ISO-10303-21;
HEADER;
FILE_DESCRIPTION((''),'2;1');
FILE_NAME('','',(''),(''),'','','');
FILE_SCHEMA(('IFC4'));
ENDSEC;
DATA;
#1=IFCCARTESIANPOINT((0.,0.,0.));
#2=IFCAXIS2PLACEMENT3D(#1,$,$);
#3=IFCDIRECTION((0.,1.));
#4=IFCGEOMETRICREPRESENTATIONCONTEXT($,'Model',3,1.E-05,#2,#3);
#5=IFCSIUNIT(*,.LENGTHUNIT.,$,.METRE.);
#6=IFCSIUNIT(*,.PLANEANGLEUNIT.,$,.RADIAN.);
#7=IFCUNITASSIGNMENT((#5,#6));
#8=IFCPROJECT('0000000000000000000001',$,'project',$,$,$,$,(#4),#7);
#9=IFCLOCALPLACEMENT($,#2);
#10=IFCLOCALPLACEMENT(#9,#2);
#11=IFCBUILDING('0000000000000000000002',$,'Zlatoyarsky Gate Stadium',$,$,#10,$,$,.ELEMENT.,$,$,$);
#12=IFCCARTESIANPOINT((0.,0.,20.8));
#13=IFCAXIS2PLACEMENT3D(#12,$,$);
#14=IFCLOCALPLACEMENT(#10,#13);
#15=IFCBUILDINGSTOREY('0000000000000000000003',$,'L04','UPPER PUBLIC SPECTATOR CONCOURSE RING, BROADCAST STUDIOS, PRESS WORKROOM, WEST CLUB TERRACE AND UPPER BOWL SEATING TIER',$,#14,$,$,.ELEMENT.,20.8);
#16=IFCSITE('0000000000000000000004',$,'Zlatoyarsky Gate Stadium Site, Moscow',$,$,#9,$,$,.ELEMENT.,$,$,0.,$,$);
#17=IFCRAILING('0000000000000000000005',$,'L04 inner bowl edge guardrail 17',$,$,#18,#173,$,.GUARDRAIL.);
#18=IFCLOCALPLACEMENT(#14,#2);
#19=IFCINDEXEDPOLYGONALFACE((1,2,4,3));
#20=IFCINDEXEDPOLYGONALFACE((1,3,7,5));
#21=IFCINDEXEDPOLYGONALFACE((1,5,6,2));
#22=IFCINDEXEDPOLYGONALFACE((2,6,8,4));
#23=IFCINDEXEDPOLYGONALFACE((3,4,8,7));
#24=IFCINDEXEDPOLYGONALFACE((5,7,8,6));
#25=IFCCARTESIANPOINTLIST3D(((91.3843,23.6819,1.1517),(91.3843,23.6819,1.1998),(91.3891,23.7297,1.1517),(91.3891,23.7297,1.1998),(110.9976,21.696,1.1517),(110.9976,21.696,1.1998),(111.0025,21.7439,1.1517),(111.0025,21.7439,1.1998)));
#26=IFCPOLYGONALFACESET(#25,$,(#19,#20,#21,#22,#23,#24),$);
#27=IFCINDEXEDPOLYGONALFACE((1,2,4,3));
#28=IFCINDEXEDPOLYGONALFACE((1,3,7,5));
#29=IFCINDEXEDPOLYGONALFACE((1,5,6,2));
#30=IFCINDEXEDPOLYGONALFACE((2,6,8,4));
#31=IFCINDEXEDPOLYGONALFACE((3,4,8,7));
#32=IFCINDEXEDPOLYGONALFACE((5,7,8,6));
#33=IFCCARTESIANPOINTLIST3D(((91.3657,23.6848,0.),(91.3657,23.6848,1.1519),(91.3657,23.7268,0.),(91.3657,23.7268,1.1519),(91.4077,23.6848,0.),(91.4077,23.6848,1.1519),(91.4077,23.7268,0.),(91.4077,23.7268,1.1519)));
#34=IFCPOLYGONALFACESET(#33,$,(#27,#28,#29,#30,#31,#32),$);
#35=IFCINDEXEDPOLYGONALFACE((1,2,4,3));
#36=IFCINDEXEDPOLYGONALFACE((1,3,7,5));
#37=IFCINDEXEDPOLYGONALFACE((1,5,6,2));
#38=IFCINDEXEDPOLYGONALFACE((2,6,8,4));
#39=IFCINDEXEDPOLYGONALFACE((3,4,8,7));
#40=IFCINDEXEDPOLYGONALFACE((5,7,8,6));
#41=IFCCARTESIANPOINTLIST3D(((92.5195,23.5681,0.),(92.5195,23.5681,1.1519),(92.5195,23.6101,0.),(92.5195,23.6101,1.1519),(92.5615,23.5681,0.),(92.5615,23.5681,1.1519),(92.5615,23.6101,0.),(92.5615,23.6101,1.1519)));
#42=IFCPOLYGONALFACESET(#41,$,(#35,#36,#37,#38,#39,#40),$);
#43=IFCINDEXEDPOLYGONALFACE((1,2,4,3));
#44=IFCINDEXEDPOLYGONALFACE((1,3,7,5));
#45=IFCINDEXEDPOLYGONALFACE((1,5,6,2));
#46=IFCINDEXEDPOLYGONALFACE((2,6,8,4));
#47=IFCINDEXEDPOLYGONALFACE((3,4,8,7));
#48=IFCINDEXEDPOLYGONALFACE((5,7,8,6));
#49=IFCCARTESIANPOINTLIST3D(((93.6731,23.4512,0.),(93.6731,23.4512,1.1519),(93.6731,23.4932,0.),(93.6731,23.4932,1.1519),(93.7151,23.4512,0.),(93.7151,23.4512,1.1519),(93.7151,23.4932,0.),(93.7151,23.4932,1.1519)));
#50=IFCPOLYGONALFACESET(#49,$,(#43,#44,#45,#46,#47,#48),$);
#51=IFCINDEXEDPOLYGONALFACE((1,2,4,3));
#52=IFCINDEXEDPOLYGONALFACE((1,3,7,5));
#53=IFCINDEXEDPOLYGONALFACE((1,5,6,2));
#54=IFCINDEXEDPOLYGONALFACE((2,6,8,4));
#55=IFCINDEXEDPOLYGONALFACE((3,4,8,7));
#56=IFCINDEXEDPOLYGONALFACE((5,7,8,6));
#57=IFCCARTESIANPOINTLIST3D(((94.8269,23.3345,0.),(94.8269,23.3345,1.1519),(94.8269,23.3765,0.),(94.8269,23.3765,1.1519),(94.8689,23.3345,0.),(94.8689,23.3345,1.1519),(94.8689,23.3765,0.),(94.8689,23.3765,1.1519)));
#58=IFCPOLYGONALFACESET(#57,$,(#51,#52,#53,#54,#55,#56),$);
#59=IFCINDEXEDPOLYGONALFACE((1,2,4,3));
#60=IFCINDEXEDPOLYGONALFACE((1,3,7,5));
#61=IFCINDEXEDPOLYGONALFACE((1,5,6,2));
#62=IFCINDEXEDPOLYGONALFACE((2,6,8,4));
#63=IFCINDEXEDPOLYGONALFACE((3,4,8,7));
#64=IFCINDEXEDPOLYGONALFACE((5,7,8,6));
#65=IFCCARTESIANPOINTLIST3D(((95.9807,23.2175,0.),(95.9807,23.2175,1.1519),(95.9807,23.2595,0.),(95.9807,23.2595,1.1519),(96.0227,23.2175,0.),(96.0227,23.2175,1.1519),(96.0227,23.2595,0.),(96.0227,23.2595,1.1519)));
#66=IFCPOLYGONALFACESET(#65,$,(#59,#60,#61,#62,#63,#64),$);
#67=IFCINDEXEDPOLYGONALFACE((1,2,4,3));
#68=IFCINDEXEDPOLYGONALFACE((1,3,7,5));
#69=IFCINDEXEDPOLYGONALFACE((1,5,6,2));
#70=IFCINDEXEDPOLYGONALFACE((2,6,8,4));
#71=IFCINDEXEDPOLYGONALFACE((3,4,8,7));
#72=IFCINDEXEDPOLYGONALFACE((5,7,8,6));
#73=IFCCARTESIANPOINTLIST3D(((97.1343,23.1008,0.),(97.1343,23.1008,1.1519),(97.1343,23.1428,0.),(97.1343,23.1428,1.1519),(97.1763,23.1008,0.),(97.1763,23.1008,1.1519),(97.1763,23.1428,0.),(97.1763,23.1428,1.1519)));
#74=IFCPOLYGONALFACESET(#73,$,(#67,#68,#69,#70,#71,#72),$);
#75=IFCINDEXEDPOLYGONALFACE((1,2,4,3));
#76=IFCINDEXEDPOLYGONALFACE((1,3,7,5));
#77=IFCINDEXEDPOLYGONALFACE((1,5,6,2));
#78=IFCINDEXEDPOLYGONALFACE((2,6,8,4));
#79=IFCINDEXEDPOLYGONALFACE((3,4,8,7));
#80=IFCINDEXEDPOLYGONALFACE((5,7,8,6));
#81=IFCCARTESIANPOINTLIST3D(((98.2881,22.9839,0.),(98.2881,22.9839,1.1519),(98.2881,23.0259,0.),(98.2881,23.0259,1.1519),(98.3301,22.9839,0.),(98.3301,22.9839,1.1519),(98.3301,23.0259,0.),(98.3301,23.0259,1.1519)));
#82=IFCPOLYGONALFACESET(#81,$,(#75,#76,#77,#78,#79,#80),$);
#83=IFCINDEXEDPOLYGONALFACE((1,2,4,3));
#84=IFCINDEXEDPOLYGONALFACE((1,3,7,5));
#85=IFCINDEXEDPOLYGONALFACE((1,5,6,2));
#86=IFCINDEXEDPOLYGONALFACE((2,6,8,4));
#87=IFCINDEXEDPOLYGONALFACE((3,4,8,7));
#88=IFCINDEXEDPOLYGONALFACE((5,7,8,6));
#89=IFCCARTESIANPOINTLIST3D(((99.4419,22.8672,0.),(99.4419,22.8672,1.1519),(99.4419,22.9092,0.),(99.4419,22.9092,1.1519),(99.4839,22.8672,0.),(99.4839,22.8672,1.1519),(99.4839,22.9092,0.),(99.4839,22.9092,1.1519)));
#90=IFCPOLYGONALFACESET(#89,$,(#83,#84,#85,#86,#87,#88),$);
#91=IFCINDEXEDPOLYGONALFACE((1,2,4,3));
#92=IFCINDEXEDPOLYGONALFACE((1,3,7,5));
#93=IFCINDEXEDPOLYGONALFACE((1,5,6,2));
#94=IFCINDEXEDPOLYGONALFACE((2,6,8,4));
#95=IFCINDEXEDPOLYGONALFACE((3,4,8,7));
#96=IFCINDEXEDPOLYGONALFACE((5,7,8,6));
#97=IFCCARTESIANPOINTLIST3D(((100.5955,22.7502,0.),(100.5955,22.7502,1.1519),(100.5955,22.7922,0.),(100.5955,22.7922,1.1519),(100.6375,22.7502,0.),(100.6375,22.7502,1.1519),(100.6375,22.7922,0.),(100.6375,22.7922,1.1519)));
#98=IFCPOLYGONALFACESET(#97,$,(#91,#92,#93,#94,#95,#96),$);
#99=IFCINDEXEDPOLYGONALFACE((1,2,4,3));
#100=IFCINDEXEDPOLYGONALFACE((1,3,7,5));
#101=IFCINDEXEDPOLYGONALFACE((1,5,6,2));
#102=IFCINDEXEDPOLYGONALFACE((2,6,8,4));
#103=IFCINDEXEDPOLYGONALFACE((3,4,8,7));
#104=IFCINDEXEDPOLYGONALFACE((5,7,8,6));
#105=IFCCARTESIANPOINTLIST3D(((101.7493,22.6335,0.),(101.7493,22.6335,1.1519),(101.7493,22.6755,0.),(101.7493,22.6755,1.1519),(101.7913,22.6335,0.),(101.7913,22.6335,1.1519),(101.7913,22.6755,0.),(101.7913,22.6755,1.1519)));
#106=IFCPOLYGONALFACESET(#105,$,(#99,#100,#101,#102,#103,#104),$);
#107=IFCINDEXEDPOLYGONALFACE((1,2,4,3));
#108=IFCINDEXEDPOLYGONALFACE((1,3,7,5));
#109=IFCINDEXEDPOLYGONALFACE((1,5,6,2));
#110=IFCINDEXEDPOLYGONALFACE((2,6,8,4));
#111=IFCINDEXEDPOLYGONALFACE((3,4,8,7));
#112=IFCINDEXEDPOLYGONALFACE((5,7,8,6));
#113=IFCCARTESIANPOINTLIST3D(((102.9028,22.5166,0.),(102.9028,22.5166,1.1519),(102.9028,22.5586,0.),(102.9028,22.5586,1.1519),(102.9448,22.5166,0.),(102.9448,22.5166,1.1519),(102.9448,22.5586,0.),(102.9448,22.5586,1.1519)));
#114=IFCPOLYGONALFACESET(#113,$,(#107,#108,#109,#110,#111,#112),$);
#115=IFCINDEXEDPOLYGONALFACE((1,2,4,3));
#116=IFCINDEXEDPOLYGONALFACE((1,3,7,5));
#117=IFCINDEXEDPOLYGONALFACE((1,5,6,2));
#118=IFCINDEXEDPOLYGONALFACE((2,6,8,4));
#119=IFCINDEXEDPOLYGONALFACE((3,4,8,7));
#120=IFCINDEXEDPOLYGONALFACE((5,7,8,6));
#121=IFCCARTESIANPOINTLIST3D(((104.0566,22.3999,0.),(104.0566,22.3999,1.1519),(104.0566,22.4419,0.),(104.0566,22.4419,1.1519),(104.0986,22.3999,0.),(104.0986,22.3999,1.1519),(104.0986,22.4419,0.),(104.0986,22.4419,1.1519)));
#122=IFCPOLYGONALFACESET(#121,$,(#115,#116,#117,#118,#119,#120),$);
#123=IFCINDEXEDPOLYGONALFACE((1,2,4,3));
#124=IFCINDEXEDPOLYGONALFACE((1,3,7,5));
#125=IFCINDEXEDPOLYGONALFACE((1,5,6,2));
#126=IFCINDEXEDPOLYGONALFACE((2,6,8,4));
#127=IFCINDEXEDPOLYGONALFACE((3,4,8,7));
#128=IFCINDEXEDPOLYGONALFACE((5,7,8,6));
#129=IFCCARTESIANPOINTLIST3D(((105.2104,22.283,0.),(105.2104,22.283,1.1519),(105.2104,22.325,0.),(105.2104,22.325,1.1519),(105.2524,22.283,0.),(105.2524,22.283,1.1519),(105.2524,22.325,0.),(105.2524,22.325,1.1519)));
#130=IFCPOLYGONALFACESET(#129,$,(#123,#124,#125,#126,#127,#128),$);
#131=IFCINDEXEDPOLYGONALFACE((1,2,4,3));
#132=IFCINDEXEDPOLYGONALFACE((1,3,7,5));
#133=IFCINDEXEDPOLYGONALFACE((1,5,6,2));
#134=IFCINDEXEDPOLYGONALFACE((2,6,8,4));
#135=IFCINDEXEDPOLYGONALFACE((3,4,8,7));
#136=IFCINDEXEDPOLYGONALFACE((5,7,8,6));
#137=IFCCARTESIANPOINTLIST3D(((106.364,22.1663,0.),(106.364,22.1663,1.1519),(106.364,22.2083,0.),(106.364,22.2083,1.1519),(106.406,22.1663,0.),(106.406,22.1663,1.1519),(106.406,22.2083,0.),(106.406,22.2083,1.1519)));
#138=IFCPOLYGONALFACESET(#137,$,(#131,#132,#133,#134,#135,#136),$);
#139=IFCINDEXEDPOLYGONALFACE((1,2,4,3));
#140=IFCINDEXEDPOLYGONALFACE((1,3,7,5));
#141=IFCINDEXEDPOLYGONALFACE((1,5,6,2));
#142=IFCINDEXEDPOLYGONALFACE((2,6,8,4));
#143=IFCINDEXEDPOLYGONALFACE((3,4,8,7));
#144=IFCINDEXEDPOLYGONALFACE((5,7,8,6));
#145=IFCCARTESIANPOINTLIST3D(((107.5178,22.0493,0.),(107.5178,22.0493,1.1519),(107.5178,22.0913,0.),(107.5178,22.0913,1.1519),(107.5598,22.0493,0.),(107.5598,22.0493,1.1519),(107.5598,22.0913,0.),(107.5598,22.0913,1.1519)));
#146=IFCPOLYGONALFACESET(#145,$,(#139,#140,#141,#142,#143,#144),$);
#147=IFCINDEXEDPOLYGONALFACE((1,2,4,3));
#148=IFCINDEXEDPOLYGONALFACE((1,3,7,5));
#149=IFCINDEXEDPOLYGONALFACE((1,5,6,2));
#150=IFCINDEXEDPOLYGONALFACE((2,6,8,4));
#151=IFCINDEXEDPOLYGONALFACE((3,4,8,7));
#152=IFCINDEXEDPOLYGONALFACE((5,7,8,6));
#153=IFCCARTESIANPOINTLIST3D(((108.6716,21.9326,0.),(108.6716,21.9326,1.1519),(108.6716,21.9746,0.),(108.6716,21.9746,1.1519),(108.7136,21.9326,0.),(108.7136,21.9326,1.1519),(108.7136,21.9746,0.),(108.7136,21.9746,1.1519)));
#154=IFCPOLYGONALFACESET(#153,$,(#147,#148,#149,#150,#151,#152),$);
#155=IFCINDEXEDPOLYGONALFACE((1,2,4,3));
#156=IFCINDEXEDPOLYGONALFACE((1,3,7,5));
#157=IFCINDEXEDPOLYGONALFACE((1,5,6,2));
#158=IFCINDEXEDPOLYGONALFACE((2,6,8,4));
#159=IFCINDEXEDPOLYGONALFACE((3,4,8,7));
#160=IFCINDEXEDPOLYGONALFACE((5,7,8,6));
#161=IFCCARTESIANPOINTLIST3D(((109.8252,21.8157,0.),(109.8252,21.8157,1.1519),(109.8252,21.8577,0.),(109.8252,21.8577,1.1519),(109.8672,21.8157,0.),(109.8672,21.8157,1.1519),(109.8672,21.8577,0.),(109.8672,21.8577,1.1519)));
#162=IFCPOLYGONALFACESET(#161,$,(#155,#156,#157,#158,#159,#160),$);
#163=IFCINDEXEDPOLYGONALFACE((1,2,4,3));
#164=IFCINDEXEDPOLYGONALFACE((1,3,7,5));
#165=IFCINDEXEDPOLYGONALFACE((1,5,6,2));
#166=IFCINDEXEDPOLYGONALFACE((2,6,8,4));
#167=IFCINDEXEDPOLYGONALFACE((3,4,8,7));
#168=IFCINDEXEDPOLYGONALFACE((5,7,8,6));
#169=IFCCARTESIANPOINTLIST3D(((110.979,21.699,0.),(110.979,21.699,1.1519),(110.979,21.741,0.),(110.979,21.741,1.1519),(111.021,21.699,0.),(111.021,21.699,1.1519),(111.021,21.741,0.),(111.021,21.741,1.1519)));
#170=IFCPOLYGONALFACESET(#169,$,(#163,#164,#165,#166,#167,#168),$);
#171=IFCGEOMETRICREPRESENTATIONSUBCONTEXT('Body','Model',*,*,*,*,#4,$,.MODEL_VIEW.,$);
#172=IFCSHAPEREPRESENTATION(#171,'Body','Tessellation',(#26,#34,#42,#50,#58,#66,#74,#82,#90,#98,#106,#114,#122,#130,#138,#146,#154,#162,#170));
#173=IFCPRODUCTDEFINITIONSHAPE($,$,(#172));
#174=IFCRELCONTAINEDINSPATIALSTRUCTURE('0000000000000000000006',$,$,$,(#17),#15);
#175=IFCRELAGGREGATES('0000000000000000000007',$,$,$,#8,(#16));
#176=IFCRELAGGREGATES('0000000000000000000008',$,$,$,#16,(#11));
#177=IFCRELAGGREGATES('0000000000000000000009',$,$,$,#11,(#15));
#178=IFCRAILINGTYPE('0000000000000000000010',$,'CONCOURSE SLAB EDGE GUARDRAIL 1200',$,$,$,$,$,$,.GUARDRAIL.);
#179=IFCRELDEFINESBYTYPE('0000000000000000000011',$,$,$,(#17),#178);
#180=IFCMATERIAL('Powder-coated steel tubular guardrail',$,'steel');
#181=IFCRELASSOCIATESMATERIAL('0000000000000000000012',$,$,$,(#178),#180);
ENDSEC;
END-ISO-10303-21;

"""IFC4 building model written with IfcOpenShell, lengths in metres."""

from ifc_helpers import new_model, si_unit, direction, frame, origin, origin_2d, place, context, subcontext, project, spatial, rectangle, extrude, material, type_object, element, save


model = new_model("IFC4")

# Units and contexts
model_context = context("Model", 3, precision=1e-05, world=origin(), true_north=direction((0.0, 1.0)))
body_context = subcontext(model_context, "Body", "Model", "MODEL_VIEW")
ifc_project = project(units=[si_unit("LENGTHUNIT", "METRE"), si_unit("PLANEANGLEUNIT", "RADIAN")], contexts=[model_context])

# Site, building, storey
site_placement = place(None, origin())
site = spatial("IfcSite", under=ifc_project, at=site_placement, Name="Zlatoyarsky Gate Stadium Site, Moscow", CompositionType="ELEMENT", RefElevation=0.0)
building_placement = place(site_placement, origin())
building = spatial("IfcBuilding", under=site, at=building_placement, Name="Zlatoyarsky Gate Stadium", CompositionType="ELEMENT")
storey_placement = place(building_placement, frame((0.0, 0.0, 20.8)))
storey = spatial("IfcBuildingStorey", under=building, at=storey_placement, Name="L04", Description="UPPER PUBLIC SPECTATOR CONCOURSE RING, BROADCAST STUDIOS, PRESS WORKROOM, WEST CLUB TERRACE AND UPPER BOWL SEATING TIER", CompositionType="ELEMENT", Elevation=20.8)

# Railing
ifc_material_1 = material(Name="Powder-coated steel tubular guardrail", Category="steel")
railing_type_1 = type_object("IfcRailingType", Name="CONCOURSE SLAB EDGE GUARDRAIL 1200", PredefinedType="GUARDRAIL", material=ifc_material_1)
railing_1_placement = place(storey_placement, frame((91.3867, 23.7058, 0.0)))
element("IfcRailing", 1, at=railing_1_placement, inside=storey, type_object=railing_type_1, Name="L04 inner bowl edge guardrail 17", PredefinedType="GUARDRAIL", context=body_context, shape_type="SweptSolid", body=[
    extrude(rectangle(XDim=0.0481, YDim=0.0481, at=origin_2d()), frame((0.0, 0.0, 1.1758), z_axis=(0.994913, -0.100735, 0.0), x_axis=(0.100735, 0.994913, 0.0)), (0.0, 0.0, 1.0), 19.7136),
    extrude(rectangle(XDim=0.042, YDim=0.042, at=origin_2d()), origin(), (0.0, 0.0, 1.0), 1.1519),
    extrude(rectangle(XDim=0.042, YDim=0.042, at=origin_2d()), frame((1.1538, -0.1167, 0.0)), (0.0, 0.0, 1.0), 1.1519),
    extrude(rectangle(XDim=0.042, YDim=0.042, at=origin_2d()), frame((2.3074, -0.2336, 0.0)), (0.0, 0.0, 1.0), 1.1519),
    extrude(rectangle(XDim=0.042, YDim=0.042, at=origin_2d()), frame((3.4612, -0.3503, 0.0)), (0.0, 0.0, 1.0), 1.1519),
    extrude(rectangle(XDim=0.042, YDim=0.042, at=origin_2d()), frame((4.615, -0.4673, 0.0)), (0.0, 0.0, 1.0), 1.1519),
    extrude(rectangle(XDim=0.042, YDim=0.042, at=origin_2d()), frame((5.7686, -0.584, 0.0)), (0.0, 0.0, 1.0), 1.1519),
    extrude(rectangle(XDim=0.042, YDim=0.042, at=origin_2d()), frame((6.9224, -0.7009, 0.0)), (0.0, 0.0, 1.0), 1.1519),
    extrude(rectangle(XDim=0.042, YDim=0.042, at=origin_2d()), frame((8.0762, -0.8176, 0.0)), (0.0, 0.0, 1.0), 1.1519),
    extrude(rectangle(XDim=0.042, YDim=0.042, at=origin_2d()), frame((9.2297, -0.9346, 0.0)), (0.0, 0.0, 1.0), 1.1519),
    extrude(rectangle(XDim=0.042, YDim=0.042, at=origin_2d()), frame((10.3835, -1.0513, 0.0)), (0.0, 0.0, 1.0), 1.1519),
    extrude(rectangle(XDim=0.042, YDim=0.042, at=origin_2d()), frame((11.5371, -1.1682, 0.0)), (0.0, 0.0, 1.0), 1.1519),
    extrude(rectangle(XDim=0.042, YDim=0.042, at=origin_2d()), frame((12.6909, -1.2849, 0.0)), (0.0, 0.0, 1.0), 1.1519),
    extrude(rectangle(XDim=0.042, YDim=0.042, at=origin_2d()), frame((13.8447, -1.4019, 0.0)), (0.0, 0.0, 1.0), 1.1519),
    extrude(rectangle(XDim=0.042, YDim=0.042, at=origin_2d()), frame((14.9983, -1.5186, 0.0)), (0.0, 0.0, 1.0), 1.1519),
    extrude(rectangle(XDim=0.042, YDim=0.042, at=origin_2d()), frame((16.1521, -1.6355, 0.0)), (0.0, 0.0, 1.0), 1.1519),
    extrude(rectangle(XDim=0.042, YDim=0.042, at=origin_2d()), frame((17.3059, -1.7522, 0.0)), (0.0, 0.0, 1.0), 1.1519),
    extrude(rectangle(XDim=0.042, YDim=0.042, at=origin_2d()), frame((18.4595, -1.8691, 0.0)), (0.0, 0.0, 1.0), 1.1519),
    extrude(rectangle(XDim=0.042, YDim=0.042, at=origin_2d()), frame((19.6133, -1.9858, 0.0)), (0.0, 0.0, 1.0), 1.1519),
])

save(model, "model.ifc")
